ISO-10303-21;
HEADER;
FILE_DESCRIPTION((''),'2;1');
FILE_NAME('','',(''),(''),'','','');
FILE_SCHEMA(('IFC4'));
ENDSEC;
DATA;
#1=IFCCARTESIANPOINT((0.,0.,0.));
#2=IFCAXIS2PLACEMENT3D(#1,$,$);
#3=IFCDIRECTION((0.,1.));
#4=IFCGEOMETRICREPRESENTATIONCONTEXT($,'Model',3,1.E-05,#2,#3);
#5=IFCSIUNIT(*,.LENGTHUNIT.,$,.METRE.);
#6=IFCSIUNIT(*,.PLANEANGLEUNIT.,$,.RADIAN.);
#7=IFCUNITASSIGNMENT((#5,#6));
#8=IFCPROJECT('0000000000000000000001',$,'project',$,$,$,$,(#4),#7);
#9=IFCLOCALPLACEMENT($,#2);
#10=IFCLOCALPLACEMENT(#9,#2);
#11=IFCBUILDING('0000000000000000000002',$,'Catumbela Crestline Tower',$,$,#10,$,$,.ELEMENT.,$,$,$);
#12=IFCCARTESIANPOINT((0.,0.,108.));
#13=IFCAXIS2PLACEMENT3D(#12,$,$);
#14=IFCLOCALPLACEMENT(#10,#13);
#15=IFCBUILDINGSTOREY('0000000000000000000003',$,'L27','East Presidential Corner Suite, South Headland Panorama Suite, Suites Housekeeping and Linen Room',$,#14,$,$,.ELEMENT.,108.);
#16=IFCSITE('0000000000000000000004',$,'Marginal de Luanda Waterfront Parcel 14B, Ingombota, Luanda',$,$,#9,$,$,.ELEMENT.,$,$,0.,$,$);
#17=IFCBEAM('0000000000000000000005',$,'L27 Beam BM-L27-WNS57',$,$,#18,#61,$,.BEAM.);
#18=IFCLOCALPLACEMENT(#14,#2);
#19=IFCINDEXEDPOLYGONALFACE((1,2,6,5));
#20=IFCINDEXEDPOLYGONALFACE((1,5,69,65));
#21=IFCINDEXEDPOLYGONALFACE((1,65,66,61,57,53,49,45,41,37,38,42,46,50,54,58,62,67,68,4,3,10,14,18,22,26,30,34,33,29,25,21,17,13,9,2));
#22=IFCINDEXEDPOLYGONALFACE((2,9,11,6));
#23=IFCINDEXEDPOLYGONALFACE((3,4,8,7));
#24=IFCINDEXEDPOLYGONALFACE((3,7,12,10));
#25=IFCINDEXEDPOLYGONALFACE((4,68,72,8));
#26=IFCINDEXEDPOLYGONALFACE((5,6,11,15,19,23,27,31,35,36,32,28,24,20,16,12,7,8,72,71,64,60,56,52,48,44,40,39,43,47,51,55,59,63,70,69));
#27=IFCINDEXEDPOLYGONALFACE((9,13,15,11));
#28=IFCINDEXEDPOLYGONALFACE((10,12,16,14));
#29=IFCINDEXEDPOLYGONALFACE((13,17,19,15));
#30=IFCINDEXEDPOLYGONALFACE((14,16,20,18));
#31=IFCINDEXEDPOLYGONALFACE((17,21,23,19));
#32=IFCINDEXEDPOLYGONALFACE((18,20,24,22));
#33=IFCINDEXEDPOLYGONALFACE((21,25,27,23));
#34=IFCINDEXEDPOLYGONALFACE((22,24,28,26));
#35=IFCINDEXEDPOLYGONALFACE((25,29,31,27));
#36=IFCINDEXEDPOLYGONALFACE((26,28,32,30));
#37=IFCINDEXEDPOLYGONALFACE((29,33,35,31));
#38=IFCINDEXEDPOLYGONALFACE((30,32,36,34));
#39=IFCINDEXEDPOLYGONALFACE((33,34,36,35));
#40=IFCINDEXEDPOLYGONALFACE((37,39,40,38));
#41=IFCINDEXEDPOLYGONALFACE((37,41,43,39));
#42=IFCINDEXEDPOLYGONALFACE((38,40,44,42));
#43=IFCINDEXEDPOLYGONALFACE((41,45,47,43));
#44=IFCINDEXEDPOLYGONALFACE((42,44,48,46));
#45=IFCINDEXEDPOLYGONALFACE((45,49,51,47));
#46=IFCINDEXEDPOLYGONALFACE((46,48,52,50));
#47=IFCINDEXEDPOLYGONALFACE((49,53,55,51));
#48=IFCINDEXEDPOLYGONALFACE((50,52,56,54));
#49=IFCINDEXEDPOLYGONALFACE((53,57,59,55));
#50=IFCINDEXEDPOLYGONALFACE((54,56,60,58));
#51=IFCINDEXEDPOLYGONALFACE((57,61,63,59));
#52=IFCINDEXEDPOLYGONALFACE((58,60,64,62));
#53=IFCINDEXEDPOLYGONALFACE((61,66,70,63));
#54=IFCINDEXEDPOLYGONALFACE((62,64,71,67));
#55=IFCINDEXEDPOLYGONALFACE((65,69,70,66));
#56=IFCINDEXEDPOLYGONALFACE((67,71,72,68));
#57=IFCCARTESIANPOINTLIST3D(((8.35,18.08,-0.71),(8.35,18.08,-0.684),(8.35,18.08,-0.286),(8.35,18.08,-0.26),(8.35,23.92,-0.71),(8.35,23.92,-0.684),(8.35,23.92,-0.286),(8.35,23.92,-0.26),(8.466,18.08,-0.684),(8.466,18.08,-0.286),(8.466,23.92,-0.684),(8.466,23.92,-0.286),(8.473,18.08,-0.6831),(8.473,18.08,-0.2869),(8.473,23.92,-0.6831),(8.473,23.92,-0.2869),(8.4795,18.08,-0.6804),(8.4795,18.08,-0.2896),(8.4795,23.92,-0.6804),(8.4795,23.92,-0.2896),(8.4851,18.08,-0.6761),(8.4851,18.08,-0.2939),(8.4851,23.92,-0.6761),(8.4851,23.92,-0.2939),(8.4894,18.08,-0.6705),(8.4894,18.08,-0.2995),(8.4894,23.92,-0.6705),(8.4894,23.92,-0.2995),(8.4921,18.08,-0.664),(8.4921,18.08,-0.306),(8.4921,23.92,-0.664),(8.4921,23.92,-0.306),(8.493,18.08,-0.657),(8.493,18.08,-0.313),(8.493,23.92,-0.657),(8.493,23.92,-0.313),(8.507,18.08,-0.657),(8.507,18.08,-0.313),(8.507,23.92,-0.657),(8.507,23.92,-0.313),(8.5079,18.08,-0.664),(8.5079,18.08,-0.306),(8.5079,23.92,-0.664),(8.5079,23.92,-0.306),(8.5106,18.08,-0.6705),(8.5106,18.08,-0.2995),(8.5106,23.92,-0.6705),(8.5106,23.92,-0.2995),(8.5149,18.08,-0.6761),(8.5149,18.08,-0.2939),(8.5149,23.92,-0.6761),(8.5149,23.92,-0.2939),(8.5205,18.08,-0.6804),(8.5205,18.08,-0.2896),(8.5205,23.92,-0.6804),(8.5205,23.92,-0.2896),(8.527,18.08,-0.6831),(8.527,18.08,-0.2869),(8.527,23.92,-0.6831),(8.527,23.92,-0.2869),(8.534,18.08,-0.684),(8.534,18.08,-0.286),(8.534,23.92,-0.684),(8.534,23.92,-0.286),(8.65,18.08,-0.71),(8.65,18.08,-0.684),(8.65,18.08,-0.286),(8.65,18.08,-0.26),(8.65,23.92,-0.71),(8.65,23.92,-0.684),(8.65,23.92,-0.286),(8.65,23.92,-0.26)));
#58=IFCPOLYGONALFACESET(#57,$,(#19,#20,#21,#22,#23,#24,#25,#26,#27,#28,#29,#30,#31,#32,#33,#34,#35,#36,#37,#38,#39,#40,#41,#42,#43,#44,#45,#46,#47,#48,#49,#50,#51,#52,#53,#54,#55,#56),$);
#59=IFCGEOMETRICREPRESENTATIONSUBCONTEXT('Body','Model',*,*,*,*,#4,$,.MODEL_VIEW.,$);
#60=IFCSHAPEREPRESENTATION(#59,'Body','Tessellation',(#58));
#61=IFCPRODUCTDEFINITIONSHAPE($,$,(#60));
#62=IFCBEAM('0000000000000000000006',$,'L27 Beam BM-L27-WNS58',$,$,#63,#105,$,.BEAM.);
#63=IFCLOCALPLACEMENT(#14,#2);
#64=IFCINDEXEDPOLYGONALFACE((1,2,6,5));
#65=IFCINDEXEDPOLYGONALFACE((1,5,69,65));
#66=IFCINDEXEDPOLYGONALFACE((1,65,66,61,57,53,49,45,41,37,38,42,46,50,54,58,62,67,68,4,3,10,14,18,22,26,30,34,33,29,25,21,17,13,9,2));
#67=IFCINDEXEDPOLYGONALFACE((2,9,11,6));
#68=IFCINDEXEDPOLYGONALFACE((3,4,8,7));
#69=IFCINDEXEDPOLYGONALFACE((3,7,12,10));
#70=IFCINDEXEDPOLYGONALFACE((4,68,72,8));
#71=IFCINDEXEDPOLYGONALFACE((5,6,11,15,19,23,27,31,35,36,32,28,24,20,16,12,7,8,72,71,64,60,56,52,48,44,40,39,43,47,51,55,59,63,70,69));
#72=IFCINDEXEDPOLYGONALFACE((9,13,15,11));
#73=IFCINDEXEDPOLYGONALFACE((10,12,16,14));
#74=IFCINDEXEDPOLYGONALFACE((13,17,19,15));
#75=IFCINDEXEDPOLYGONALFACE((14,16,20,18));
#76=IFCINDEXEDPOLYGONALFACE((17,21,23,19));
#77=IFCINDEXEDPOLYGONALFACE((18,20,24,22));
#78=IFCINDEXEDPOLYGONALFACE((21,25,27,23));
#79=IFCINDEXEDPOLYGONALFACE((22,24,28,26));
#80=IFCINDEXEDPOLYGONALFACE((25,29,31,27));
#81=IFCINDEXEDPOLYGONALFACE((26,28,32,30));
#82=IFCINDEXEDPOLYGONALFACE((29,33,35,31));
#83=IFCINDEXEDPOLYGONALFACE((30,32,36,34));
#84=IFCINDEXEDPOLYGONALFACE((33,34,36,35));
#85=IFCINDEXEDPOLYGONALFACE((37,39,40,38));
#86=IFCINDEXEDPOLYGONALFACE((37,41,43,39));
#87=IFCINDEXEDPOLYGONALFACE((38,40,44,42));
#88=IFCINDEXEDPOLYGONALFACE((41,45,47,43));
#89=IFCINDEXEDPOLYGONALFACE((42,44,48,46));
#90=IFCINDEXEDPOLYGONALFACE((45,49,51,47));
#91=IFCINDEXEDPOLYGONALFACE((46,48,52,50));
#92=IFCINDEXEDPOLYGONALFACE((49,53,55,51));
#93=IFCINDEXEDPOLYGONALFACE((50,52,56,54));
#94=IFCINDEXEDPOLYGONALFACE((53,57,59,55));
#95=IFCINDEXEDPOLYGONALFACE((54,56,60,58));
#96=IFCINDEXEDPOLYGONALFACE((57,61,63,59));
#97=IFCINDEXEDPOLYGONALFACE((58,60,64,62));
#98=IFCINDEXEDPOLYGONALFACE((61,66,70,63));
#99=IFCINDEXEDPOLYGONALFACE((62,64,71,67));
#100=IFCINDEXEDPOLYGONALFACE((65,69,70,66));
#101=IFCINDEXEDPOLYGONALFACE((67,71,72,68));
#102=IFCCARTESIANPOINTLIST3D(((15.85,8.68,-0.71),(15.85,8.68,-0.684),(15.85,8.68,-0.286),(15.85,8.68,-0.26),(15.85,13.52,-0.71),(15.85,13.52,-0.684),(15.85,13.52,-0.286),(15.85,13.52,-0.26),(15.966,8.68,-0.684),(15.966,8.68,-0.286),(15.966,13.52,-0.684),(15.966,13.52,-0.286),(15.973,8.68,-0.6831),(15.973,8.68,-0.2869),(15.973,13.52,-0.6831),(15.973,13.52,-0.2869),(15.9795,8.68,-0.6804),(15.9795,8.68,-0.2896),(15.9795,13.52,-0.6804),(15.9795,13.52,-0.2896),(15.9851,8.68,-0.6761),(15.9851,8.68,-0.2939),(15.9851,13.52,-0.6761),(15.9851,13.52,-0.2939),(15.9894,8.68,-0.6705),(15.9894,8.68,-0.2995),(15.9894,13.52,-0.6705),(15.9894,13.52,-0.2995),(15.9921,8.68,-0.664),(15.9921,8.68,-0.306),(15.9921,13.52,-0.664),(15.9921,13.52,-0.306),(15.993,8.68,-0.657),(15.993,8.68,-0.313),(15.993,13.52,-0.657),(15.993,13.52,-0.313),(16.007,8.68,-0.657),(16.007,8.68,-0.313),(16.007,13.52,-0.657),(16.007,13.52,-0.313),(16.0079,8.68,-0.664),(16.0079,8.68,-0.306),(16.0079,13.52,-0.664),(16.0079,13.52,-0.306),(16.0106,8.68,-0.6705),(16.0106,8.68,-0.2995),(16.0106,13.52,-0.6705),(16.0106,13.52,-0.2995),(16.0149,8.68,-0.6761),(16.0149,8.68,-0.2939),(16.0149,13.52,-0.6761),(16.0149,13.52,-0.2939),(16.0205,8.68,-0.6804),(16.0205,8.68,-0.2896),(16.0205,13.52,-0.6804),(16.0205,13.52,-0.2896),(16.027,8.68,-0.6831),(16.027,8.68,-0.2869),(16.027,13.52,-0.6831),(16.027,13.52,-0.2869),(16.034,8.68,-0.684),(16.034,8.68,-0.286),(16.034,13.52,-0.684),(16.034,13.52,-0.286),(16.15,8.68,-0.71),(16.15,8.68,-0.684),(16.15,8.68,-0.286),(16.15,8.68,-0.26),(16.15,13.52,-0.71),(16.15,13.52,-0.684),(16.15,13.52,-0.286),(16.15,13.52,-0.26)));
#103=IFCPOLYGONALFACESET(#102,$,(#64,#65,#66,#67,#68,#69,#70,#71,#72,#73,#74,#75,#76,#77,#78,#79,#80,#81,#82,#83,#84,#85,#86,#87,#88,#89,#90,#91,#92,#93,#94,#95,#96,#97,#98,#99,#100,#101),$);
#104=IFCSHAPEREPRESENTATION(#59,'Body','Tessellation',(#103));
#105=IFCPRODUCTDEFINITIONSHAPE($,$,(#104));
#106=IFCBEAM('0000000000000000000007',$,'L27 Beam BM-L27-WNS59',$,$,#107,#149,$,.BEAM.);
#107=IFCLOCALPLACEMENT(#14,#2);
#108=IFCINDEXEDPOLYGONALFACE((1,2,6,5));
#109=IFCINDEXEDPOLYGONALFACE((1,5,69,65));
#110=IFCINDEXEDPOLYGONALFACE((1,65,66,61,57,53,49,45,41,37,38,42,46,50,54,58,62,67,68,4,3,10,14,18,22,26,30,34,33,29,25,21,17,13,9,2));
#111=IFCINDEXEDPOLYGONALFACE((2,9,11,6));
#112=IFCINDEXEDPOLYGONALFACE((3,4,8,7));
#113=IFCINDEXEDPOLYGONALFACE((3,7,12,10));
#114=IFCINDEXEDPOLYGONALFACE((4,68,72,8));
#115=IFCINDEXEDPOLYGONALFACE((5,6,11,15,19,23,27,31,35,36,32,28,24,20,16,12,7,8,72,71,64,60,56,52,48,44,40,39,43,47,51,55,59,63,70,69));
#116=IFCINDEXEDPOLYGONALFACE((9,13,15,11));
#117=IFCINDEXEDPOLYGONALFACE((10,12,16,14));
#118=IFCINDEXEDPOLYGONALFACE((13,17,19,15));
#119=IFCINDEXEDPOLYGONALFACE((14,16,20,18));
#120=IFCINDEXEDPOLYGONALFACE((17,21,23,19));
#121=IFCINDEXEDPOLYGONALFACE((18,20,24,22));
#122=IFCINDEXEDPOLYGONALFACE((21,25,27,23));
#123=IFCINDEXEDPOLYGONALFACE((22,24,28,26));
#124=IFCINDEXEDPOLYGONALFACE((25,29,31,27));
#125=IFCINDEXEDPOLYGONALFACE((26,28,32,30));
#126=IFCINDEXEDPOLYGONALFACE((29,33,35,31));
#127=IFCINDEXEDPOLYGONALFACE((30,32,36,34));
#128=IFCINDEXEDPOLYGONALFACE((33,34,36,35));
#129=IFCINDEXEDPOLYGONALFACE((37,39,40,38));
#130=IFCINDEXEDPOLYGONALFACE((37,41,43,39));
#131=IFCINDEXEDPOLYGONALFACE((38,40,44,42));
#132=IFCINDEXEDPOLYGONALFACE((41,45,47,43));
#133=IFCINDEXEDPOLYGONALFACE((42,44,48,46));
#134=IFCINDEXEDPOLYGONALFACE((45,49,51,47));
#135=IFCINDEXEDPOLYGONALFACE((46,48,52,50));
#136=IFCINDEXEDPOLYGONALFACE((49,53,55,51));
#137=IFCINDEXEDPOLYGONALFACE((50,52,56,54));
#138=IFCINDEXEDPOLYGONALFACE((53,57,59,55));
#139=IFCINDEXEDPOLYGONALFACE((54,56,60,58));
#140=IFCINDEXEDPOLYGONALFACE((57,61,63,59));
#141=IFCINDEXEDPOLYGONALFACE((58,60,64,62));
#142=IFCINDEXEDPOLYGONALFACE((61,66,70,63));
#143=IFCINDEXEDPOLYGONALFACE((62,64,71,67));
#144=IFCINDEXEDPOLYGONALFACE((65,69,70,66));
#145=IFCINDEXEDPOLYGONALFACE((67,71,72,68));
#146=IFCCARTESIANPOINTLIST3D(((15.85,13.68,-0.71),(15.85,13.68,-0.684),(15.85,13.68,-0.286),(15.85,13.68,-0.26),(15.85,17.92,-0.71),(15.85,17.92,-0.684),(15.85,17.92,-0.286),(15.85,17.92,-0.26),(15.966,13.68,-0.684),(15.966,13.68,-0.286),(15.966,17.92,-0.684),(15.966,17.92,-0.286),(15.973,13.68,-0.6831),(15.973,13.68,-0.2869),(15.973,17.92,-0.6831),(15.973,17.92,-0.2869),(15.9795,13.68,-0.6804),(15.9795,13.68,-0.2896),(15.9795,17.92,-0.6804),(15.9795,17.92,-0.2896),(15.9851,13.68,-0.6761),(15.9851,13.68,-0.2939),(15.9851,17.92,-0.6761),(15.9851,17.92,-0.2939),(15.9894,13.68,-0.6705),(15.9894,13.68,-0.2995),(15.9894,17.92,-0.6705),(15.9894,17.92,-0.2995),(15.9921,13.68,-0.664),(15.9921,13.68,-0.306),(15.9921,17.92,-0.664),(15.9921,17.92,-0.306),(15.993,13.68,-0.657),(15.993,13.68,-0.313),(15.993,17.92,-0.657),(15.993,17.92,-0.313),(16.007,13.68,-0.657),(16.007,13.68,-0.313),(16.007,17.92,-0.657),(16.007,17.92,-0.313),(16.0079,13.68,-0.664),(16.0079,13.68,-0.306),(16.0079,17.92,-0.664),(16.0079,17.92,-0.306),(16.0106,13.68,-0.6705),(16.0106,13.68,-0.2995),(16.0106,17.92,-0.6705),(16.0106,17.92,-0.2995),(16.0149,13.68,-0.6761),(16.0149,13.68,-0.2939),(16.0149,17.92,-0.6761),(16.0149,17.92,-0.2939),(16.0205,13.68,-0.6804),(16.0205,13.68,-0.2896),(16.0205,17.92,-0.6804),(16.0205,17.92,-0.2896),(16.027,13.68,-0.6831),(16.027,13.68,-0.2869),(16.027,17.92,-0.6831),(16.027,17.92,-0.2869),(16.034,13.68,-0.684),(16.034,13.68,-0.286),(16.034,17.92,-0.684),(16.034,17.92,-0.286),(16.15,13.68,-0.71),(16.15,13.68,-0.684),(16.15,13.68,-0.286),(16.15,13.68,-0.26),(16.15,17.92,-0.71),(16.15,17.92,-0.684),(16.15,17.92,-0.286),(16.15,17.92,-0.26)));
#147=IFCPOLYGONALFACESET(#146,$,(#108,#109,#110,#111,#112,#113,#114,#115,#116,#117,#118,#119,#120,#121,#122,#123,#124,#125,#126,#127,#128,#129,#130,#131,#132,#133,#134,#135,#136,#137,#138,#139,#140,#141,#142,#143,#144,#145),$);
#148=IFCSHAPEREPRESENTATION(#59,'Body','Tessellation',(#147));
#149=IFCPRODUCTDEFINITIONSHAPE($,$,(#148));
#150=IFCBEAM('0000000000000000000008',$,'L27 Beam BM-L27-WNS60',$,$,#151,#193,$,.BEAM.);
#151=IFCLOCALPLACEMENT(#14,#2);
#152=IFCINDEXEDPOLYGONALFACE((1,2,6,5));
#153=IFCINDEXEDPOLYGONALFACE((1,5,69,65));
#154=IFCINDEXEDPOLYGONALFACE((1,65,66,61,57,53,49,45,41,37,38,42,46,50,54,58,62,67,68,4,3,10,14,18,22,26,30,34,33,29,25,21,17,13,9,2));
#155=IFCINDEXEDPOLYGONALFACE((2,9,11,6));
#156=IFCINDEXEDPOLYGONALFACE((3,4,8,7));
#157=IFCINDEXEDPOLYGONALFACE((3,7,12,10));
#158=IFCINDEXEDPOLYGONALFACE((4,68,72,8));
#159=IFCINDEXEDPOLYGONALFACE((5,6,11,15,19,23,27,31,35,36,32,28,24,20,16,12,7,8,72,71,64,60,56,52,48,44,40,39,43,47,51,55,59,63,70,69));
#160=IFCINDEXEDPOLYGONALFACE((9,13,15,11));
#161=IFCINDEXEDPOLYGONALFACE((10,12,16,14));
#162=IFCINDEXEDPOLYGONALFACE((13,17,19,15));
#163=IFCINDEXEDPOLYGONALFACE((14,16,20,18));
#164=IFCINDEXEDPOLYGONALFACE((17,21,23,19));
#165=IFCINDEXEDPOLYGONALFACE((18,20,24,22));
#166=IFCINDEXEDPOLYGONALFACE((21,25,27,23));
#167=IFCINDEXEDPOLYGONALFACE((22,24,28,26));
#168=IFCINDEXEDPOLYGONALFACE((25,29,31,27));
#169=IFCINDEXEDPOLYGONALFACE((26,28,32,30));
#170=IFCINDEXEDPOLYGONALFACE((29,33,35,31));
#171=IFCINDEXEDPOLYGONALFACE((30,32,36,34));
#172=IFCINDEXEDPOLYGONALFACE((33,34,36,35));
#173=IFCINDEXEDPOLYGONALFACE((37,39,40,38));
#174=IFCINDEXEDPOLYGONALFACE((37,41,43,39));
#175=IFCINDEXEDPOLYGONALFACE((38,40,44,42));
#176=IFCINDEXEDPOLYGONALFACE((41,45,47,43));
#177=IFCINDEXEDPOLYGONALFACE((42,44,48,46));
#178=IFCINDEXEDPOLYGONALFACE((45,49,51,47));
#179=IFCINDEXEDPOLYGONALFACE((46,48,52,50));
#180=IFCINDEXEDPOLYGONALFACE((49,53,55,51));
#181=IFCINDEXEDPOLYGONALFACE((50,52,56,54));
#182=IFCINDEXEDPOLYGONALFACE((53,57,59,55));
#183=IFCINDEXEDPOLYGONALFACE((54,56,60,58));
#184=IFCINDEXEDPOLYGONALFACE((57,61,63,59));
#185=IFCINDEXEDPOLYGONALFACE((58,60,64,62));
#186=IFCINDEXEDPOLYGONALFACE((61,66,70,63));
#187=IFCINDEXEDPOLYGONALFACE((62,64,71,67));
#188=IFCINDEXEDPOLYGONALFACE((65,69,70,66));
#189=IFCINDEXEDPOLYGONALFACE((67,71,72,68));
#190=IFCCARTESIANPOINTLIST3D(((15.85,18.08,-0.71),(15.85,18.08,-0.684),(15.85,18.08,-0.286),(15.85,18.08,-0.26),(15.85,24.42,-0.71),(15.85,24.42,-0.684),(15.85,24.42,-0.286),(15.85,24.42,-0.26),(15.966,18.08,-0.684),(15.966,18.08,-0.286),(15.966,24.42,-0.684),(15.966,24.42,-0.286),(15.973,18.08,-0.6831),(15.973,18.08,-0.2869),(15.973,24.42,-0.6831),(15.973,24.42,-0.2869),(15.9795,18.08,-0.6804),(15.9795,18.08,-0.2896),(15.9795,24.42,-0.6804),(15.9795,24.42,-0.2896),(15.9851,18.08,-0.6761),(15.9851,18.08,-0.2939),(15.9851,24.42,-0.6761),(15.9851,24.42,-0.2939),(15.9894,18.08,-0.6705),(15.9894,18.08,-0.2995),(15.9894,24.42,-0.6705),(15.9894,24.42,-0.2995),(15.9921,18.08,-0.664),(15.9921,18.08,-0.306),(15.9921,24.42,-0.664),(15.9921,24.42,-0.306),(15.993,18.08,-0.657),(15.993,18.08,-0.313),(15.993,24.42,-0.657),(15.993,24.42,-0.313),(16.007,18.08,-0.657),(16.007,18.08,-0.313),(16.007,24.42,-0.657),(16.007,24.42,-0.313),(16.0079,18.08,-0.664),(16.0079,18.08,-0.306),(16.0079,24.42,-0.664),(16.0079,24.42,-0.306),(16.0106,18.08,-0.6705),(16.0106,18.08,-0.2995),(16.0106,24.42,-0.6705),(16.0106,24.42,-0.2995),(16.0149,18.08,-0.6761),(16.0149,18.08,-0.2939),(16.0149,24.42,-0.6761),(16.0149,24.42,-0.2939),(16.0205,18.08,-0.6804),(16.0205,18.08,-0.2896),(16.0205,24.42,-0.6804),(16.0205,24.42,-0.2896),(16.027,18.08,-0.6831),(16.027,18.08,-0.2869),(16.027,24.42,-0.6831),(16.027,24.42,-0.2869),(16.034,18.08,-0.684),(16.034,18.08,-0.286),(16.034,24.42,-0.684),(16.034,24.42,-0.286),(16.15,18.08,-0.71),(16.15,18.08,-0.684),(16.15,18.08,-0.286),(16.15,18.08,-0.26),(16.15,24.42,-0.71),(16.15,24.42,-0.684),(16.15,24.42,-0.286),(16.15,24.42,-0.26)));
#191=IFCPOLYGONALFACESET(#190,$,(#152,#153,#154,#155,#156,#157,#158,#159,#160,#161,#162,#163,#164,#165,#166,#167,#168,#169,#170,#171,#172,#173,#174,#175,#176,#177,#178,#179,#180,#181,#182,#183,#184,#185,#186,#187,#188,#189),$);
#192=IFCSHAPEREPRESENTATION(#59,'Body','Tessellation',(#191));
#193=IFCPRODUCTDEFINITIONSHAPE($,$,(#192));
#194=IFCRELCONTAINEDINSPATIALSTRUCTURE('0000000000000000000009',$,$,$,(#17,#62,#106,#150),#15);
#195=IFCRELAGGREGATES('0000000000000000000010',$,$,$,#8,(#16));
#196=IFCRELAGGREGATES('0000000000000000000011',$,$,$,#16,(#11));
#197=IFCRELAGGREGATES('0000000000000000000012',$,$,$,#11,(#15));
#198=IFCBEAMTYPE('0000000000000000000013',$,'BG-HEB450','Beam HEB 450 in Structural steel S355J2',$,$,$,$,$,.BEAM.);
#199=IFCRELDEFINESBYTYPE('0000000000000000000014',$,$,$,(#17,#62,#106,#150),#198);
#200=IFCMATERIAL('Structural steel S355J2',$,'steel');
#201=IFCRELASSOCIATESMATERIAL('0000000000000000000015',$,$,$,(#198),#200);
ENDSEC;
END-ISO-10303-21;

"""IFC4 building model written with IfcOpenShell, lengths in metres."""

from ifc_helpers import new_model, si_unit, direction, frame, origin, origin_2d, place, context, subcontext, project, spatial, i_section, extrude, material, material_profile, profile_set, type_object, element, save


model = new_model("IFC4")

# Units and contexts
model_context = context("Model", 3, precision=1e-05, world=origin(), true_north=direction((0.0, 1.0)))
body_context = subcontext(model_context, "Body", "Model", "MODEL_VIEW")
ifc_project = project(units=[si_unit("LENGTHUNIT", "METRE"), si_unit("PLANEANGLEUNIT", "RADIAN")], contexts=[model_context])

# Site, building, storey
site_placement = place(None, origin())
site = spatial("IfcSite", under=ifc_project, at=site_placement, Name="Marginal de Luanda Waterfront Parcel 14B, Ingombota, Luanda", CompositionType="ELEMENT", RefElevation=0.0)
building_placement = place(site_placement, origin())
building = spatial("IfcBuilding", under=site, at=building_placement, Name="Catumbela Crestline Tower", CompositionType="ELEMENT")
storey_placement = place(building_placement, frame((0.0, 0.0, 108.0)))
storey = spatial("IfcBuildingStorey", under=building, at=storey_placement, Name="L27", Description="East Presidential Corner Suite, South Headland Panorama Suite, Suites Housekeeping and Linen Room", CompositionType="ELEMENT", Elevation=108.0)

# Beams
ifc_material_1 = material(Name="Structural steel S355J2", Category="steel")
ifc_material_profile_1 = material_profile(ifc_material_1, i_section(OverallWidth=0.3, OverallDepth=0.45, WebThickness=0.014, FlangeThickness=0.026, FilletRadius=0.027, at=origin_2d()), Name="HEB 450")
ifc_profile_set_1 = profile_set([ifc_material_profile_1], Name="Structural steel S355J2")
beam_type_1 = type_object("IfcBeamType", Name="BG-HEB450", Description="Beam HEB 450 in Structural steel S355J2", PredefinedType="BEAM", material=ifc_profile_set_1)
beam_1_placement = place(storey_placement, frame((8.5, 18.08, -0.485), z_axis=(0.0, 1.0, 0.0), x_axis=(-1.0, 0.0, 0.0)))
element("IfcBeam", 1, at=beam_1_placement, inside=storey, type_object=beam_type_1, Name="L27 Beam BM-L27-WNS57", PredefinedType="BEAM", context=body_context, shape_type="SweptSolid", body=[
    extrude(i_section(OverallWidth=0.3, OverallDepth=0.45, WebThickness=0.014, FlangeThickness=0.026, FilletRadius=0.027, at=origin_2d()), origin(), (0.0, 0.0, 1.0), 5.84),
])
beam_2_placement = place(storey_placement, frame((16.0, 8.68, -0.485), z_axis=(0.0, 1.0, 0.0), x_axis=(-1.0, 0.0, 0.0)))
element("IfcBeam", 2, at=beam_2_placement, inside=storey, type_object=beam_type_1, Name="L27 Beam BM-L27-WNS58", PredefinedType="BEAM", context=body_context, shape_type="SweptSolid", body=[
    extrude(i_section(OverallWidth=0.3, OverallDepth=0.45, WebThickness=0.014, FlangeThickness=0.026, FilletRadius=0.027, at=origin_2d()), origin(), (0.0, 0.0, 1.0), 4.84),
])
beam_3_placement = place(storey_placement, frame((16.0, 13.68, -0.485), z_axis=(0.0, 1.0, 0.0), x_axis=(-1.0, 0.0, 0.0)))
element("IfcBeam", 3, at=beam_3_placement, inside=storey, type_object=beam_type_1, Name="L27 Beam BM-L27-WNS59", PredefinedType="BEAM", context=body_context, shape_type="SweptSolid", body=[
    extrude(i_section(OverallWidth=0.3, OverallDepth=0.45, WebThickness=0.014, FlangeThickness=0.026, FilletRadius=0.027, at=origin_2d()), origin(), (0.0, 0.0, 1.0), 4.24),
])
beam_4_placement = place(storey_placement, frame((16.0, 18.08, -0.485), z_axis=(0.0, 1.0, 0.0), x_axis=(-1.0, 0.0, 0.0)))
element("IfcBeam", 4, at=beam_4_placement, inside=storey, type_object=beam_type_1, Name="L27 Beam BM-L27-WNS60", PredefinedType="BEAM", context=body_context, shape_type="SweptSolid", body=[
    extrude(i_section(OverallWidth=0.3, OverallDepth=0.45, WebThickness=0.014, FlangeThickness=0.026, FilletRadius=0.027, at=origin_2d()), origin(), (0.0, 0.0, 1.0), 6.34),
])

save(model, "model.ifc")
